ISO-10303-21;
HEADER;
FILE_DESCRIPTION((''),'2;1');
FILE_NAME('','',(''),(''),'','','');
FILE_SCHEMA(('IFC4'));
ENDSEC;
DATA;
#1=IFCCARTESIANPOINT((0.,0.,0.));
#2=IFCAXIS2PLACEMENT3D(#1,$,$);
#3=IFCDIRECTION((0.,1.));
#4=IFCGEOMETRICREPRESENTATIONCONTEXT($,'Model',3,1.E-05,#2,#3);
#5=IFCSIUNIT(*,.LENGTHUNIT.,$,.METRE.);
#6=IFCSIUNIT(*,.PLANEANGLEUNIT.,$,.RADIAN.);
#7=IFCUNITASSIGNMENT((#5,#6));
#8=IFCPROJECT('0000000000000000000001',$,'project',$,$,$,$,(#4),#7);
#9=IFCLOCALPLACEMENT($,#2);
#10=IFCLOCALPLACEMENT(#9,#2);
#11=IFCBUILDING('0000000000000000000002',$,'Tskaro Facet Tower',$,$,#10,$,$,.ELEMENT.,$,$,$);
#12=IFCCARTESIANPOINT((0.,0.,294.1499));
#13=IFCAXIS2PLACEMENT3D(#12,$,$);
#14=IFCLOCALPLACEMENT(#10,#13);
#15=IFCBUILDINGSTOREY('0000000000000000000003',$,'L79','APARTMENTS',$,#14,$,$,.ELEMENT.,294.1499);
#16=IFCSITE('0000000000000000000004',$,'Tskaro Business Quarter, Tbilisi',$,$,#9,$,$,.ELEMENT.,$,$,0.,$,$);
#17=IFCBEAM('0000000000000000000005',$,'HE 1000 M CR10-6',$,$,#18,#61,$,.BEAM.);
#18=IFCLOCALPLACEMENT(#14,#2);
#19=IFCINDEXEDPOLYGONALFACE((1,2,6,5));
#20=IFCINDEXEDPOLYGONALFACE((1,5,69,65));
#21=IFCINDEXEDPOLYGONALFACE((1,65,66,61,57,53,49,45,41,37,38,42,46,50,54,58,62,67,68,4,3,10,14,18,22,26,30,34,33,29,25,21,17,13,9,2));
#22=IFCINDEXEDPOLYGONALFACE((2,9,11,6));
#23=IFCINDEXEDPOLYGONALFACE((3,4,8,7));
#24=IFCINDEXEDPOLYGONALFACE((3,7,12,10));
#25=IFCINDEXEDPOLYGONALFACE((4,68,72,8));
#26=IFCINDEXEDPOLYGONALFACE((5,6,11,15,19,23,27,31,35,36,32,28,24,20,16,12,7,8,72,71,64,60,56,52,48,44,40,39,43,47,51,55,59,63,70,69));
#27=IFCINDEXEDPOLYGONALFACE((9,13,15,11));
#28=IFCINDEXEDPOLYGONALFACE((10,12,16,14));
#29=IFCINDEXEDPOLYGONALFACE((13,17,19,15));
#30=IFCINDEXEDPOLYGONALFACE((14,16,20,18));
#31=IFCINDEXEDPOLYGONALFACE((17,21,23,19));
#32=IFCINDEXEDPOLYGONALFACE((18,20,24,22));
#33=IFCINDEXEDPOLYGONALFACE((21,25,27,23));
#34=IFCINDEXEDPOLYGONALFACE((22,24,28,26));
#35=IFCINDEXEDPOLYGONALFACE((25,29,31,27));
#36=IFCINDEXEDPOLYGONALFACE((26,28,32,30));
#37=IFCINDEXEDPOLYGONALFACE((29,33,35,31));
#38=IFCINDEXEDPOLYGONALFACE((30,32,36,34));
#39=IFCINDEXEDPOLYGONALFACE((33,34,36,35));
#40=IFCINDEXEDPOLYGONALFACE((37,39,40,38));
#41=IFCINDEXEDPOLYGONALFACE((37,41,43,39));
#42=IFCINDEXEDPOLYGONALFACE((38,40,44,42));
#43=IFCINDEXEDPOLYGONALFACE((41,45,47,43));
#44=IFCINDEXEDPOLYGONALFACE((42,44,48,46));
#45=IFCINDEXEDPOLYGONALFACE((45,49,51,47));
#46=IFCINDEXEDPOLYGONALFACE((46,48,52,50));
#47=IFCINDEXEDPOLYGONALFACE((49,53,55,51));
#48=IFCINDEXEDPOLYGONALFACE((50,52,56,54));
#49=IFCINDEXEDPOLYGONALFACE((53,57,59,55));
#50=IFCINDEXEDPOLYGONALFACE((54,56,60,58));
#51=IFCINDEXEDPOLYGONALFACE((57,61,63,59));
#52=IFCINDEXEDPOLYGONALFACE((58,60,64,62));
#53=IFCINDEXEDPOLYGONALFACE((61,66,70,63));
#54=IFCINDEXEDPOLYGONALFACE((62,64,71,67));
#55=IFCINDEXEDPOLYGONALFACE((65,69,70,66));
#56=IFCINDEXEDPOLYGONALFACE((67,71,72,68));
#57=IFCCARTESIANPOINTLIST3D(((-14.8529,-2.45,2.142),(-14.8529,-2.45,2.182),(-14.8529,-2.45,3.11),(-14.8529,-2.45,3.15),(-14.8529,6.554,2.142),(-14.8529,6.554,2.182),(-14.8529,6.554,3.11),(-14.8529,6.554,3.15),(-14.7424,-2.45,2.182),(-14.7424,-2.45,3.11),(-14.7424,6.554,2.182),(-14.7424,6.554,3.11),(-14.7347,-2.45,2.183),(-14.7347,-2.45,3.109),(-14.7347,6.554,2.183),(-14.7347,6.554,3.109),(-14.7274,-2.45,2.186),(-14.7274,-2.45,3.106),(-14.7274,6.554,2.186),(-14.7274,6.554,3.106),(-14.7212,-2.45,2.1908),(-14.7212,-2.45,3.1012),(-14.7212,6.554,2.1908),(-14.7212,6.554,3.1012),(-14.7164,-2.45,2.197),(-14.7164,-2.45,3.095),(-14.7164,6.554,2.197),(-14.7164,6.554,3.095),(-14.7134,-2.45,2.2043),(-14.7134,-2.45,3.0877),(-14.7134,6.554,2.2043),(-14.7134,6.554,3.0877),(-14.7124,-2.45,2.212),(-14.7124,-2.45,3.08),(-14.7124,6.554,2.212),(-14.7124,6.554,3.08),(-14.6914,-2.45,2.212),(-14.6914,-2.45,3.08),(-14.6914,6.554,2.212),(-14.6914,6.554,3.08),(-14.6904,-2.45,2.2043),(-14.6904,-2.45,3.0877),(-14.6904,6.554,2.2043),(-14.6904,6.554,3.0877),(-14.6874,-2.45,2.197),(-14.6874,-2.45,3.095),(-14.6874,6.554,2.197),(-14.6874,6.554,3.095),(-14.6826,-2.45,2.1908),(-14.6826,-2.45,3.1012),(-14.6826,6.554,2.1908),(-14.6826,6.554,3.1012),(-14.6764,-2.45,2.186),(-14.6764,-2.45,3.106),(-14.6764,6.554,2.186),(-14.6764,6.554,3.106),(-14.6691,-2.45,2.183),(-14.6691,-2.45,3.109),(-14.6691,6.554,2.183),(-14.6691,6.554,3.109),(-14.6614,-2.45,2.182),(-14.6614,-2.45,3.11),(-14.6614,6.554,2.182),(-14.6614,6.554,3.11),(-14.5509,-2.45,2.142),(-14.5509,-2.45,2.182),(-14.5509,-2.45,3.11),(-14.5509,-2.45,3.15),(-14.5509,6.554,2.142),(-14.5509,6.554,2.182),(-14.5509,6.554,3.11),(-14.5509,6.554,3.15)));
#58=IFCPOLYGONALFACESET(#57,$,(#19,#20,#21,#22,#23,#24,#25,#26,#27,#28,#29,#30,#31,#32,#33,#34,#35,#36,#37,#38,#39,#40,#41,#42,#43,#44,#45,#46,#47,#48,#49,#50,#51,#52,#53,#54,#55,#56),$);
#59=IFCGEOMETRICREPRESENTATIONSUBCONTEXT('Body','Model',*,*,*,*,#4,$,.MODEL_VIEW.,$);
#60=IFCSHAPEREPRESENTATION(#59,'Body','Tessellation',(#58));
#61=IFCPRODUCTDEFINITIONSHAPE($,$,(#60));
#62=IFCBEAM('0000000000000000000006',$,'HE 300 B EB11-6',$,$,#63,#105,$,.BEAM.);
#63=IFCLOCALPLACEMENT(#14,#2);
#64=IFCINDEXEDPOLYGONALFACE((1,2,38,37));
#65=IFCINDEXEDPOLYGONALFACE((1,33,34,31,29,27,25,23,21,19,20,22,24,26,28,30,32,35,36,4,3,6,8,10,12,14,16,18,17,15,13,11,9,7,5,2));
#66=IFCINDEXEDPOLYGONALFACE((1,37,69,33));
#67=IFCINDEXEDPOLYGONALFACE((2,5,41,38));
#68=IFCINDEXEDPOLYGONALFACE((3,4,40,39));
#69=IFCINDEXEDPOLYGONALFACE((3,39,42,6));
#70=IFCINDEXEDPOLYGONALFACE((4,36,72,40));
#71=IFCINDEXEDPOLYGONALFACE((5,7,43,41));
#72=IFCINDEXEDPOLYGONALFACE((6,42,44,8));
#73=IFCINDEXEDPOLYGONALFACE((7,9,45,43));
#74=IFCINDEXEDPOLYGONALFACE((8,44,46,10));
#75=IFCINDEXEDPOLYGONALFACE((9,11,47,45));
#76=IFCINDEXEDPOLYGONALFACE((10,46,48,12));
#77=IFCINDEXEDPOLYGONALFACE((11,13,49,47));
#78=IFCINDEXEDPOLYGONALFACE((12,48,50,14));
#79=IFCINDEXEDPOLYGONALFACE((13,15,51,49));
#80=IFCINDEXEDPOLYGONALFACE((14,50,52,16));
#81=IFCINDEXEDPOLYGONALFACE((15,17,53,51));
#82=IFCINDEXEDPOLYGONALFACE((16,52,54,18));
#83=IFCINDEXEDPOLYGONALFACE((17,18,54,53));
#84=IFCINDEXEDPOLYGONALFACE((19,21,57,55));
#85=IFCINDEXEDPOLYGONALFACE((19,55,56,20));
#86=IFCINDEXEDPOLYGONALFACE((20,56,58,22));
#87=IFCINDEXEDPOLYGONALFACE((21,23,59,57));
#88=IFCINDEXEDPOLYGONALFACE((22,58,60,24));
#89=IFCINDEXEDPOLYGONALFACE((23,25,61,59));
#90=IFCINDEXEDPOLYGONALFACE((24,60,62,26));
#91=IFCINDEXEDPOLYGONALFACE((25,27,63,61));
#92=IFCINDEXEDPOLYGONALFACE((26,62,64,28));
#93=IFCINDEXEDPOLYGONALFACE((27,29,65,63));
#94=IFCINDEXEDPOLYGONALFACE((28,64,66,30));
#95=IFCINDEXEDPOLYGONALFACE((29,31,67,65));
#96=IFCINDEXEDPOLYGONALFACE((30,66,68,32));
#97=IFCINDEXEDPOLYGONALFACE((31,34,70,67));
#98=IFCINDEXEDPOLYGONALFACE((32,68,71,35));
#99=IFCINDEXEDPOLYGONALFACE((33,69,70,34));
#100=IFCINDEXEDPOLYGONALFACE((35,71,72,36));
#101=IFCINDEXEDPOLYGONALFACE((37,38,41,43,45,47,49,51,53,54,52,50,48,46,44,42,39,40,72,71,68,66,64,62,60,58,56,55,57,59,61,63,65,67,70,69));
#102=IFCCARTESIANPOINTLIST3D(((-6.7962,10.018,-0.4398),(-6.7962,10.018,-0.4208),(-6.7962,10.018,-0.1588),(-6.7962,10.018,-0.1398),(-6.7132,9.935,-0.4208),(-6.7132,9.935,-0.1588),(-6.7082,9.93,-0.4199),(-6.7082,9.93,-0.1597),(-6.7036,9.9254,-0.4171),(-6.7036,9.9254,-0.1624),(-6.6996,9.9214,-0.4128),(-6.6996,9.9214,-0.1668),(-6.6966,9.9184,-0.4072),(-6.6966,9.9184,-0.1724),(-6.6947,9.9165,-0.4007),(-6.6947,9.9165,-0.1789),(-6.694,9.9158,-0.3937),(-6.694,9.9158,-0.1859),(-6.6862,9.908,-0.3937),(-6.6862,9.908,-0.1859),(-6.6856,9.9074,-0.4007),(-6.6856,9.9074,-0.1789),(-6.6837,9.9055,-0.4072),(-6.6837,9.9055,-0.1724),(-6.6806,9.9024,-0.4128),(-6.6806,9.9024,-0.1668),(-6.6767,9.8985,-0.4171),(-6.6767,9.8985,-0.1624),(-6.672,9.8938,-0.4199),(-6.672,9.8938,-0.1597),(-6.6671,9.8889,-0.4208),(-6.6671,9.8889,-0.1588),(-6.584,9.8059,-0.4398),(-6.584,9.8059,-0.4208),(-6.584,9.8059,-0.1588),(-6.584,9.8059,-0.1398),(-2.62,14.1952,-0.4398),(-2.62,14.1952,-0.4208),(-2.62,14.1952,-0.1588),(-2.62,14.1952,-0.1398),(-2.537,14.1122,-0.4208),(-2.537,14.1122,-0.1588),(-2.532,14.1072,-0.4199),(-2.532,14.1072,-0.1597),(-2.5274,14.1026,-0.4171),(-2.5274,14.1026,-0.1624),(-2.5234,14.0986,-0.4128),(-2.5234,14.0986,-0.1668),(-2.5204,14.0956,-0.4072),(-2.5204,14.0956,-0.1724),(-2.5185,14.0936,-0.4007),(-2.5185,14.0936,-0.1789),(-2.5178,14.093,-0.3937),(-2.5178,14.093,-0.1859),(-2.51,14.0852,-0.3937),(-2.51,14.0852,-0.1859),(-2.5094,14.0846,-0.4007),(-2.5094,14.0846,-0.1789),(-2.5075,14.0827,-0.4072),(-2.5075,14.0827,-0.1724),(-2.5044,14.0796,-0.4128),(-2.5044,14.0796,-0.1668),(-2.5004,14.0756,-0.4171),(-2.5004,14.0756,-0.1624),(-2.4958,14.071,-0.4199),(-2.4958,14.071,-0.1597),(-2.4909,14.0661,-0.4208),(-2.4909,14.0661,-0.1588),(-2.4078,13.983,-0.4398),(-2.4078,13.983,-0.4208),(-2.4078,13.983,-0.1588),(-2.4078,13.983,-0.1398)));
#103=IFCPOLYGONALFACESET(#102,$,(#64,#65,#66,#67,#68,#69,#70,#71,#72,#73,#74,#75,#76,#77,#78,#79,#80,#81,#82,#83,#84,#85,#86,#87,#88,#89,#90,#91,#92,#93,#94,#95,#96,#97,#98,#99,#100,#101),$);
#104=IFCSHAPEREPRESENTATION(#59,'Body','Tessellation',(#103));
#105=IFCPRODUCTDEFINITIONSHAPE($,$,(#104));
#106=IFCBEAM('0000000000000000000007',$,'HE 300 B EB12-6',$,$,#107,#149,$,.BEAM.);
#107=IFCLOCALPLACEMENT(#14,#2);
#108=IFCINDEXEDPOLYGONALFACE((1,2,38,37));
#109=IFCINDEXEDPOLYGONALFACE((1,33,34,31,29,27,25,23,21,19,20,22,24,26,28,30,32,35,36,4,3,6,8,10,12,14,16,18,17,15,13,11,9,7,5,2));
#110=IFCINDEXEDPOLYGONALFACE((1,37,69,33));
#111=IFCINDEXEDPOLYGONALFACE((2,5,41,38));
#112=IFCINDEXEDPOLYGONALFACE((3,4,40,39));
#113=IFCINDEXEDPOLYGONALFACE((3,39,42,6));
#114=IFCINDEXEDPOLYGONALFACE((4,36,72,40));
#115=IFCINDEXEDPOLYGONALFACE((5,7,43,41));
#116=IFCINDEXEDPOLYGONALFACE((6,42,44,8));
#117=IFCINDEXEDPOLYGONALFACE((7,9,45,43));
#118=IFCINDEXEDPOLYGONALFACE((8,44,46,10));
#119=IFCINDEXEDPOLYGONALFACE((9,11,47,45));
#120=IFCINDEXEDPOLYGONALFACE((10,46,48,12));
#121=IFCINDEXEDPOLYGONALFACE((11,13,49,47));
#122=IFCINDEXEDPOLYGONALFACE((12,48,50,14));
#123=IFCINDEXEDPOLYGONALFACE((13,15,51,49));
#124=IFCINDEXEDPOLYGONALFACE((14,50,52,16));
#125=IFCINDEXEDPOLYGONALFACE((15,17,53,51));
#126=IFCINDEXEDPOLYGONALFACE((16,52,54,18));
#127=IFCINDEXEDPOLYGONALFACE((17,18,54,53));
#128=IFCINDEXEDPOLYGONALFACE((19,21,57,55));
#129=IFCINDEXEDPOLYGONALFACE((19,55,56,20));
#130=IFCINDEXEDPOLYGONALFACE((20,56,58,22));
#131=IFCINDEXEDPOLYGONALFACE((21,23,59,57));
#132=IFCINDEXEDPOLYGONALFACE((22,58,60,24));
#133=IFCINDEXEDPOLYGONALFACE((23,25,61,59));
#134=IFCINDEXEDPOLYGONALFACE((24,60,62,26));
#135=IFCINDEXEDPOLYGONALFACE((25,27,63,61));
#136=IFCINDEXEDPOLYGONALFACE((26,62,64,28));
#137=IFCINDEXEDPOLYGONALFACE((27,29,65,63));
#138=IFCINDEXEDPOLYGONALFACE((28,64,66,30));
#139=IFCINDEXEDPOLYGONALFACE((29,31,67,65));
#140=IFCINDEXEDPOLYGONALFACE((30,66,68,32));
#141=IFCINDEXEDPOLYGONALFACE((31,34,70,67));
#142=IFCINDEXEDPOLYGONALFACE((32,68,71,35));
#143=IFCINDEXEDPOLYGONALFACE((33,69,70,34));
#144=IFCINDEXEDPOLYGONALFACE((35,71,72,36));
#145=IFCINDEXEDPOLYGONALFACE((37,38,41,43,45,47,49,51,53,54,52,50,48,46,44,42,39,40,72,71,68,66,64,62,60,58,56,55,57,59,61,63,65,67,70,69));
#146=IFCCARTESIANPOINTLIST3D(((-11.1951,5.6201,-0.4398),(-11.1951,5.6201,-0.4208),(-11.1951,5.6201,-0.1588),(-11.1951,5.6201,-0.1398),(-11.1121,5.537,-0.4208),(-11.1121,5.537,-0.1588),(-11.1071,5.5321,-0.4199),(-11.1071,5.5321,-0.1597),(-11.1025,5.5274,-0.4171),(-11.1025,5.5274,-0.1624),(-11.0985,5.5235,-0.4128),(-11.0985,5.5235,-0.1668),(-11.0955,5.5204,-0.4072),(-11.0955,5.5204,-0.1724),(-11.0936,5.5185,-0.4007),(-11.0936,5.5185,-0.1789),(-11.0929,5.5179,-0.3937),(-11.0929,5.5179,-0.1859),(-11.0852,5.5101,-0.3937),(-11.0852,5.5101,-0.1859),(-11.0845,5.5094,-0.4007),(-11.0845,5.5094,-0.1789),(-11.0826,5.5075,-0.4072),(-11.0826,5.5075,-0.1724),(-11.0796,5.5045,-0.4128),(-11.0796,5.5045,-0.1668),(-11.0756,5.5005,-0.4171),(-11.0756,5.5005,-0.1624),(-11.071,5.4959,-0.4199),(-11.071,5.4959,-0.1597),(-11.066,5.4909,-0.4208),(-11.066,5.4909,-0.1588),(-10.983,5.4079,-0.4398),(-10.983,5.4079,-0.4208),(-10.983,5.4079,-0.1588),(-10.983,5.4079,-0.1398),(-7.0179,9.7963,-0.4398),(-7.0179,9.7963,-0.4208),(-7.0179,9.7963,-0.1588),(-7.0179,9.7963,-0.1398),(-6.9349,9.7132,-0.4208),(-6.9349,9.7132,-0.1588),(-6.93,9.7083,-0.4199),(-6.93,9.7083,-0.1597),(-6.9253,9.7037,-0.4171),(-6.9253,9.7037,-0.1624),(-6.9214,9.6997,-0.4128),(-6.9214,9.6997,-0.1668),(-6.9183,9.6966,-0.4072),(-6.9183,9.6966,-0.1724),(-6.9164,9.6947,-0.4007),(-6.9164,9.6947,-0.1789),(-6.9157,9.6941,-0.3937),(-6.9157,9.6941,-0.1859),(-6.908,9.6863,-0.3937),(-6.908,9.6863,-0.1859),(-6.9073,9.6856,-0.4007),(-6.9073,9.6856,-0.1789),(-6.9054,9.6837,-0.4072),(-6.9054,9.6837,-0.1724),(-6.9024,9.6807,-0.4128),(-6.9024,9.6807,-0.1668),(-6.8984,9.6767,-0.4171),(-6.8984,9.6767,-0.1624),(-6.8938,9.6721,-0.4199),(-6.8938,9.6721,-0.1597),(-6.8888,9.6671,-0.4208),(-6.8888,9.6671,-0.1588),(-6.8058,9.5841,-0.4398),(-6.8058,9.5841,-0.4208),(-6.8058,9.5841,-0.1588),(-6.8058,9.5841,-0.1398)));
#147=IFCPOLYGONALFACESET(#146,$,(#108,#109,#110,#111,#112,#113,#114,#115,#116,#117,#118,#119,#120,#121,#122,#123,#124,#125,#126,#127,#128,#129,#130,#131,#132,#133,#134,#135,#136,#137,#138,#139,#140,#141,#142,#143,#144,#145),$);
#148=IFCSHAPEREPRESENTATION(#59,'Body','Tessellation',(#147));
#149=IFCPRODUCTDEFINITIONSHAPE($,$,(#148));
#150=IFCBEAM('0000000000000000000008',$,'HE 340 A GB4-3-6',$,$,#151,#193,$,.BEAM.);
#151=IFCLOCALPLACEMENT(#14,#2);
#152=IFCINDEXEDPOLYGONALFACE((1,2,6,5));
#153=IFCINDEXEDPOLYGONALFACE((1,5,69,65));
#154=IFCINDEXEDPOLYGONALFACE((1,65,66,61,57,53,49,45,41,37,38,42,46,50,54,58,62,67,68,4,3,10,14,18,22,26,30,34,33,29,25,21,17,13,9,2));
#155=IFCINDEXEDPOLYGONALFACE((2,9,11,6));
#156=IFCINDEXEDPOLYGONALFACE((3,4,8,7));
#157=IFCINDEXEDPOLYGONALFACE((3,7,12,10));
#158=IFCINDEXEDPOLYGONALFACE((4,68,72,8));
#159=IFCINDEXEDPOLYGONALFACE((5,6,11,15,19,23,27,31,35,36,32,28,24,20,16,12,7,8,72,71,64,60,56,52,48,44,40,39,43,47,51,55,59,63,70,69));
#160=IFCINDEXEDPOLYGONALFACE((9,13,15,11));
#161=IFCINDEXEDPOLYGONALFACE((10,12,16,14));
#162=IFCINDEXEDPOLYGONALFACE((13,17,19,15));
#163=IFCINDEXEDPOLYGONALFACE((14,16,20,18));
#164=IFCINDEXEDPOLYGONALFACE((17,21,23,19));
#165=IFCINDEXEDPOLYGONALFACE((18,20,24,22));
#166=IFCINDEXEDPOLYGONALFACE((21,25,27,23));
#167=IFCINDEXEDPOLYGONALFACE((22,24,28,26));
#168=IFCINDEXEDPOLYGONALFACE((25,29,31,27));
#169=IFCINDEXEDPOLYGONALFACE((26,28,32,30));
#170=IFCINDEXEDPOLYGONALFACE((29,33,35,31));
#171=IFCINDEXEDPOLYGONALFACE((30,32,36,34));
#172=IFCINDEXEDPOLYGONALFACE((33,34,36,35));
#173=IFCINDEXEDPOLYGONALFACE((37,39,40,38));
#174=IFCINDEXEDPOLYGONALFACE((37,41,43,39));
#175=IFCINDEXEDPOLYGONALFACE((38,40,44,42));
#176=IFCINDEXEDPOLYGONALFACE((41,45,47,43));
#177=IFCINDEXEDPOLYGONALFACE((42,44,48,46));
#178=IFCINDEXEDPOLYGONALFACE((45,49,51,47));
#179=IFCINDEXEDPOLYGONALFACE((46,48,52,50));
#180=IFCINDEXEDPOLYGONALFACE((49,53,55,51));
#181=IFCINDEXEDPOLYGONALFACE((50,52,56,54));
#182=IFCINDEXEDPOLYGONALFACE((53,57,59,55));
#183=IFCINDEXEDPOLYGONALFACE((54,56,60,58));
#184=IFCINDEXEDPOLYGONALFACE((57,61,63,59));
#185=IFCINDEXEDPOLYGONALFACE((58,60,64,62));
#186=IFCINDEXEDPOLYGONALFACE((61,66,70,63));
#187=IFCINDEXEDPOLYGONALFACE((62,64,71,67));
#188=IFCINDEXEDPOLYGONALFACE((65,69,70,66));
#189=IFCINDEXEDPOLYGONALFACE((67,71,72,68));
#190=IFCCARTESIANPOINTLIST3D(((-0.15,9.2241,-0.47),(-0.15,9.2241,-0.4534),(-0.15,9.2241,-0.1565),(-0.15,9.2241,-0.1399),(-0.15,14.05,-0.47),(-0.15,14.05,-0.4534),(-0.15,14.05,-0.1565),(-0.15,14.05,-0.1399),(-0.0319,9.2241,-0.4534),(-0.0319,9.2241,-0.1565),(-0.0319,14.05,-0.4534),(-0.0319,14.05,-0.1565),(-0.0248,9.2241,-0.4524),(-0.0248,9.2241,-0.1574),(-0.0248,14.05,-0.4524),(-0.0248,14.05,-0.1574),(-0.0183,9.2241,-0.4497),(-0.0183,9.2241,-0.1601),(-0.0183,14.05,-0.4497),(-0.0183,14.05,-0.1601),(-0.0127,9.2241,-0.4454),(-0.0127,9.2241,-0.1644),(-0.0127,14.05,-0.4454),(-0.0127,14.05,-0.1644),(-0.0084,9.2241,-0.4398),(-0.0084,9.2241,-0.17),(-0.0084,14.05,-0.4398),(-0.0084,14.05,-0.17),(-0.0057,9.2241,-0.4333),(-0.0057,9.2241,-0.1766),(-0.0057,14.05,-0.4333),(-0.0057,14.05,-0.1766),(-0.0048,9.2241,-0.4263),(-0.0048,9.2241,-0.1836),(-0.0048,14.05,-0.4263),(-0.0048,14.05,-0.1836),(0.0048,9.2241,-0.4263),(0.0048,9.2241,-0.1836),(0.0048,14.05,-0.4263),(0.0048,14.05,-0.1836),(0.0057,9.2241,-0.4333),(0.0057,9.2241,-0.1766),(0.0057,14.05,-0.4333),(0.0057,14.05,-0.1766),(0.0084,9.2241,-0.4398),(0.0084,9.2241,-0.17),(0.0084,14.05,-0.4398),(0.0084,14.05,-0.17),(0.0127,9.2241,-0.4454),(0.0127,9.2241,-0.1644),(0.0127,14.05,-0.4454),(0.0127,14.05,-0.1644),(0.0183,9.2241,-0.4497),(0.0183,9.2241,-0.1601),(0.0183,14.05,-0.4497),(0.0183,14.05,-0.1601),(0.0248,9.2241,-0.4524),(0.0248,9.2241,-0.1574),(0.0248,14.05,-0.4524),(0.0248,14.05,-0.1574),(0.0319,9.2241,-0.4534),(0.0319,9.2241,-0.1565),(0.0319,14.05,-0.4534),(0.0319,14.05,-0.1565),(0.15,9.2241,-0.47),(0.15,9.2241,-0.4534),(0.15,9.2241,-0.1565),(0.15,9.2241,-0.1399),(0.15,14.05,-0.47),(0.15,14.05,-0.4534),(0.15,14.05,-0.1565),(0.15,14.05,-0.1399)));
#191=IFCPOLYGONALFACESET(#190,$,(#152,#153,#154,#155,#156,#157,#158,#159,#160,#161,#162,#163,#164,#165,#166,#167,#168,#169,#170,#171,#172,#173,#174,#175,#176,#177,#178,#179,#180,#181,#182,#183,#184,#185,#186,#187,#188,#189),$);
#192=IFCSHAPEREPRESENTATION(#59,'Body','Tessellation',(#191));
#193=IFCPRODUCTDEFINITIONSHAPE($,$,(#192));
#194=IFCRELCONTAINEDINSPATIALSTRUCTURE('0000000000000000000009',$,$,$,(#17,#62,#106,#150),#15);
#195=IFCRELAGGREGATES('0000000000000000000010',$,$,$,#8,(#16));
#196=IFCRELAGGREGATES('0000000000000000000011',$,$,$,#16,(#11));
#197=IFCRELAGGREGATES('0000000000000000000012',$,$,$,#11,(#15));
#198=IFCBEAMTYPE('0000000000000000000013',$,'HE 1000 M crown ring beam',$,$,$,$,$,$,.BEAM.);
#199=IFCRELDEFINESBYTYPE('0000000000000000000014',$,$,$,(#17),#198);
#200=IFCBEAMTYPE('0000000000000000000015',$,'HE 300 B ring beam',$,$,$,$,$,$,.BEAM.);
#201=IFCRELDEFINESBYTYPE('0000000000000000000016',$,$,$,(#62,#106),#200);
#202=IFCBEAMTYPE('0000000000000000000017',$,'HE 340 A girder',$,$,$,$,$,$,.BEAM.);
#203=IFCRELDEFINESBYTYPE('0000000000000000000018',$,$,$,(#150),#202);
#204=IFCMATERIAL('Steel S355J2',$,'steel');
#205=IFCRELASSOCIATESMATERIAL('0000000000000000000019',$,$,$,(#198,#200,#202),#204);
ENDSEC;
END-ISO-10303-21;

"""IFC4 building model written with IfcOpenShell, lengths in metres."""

from ifc_helpers import new_model, si_unit, direction, frame, origin, origin_2d, place, context, subcontext, project, spatial, i_section, extrude, material, material_profile, profile_set, type_object, element, save


model = new_model("IFC4")

# Units and contexts
model_context = context("Model", 3, precision=1e-05, world=origin(), true_north=direction((0.0, 1.0)))
body_context = subcontext(model_context, "Body", "Model", "MODEL_VIEW")
ifc_project = project(units=[si_unit("LENGTHUNIT", "METRE"), si_unit("PLANEANGLEUNIT", "RADIAN")], contexts=[model_context])

# Site, building, storey
site_placement = place(None, origin())
site = spatial("IfcSite", under=ifc_project, at=site_placement, Name="Tskaro Business Quarter, Tbilisi", CompositionType="ELEMENT", RefElevation=0.0)
building_placement = place(site_placement, origin())
building = spatial("IfcBuilding", under=site, at=building_placement, Name="Tskaro Facet Tower", CompositionType="ELEMENT")
storey_placement = place(building_placement, frame((0.0, 0.0, 294.1499)))
storey = spatial("IfcBuildingStorey", under=building, at=storey_placement, Name="L79", Description="APARTMENTS", CompositionType="ELEMENT", Elevation=294.1499)

# Shared definitions
ifc_material_1 = material(Name="Steel S355J2", Category="steel")

# Beams
ifc_material_profile_1 = material_profile(ifc_material_1, i_section(OverallWidth=0.302, OverallDepth=1.0081, WebThickness=0.021, FlangeThickness=0.04, FilletRadius=0.03, at=origin_2d()), Name="HE 1000 M")
ifc_profile_set_1 = profile_set([ifc_material_profile_1], Name="Steel S355J2")
beam_type_1 = type_object("IfcBeamType", Name="HE 1000 M crown ring beam", PredefinedType="BEAM", material=ifc_profile_set_1)
beam_1_placement = place(storey_placement, frame((-14.7019, 6.554, 2.646), z_axis=(0.0, -1.0, 0.0), x_axis=(1.0, 0.0, 0.0)))
element("IfcBeam", 1, at=beam_1_placement, inside=storey, type_object=beam_type_1, Name="HE 1000 M CR10-6", PredefinedType="BEAM", context=body_context, shape_type="SweptSolid", body=[
    extrude(i_section(OverallWidth=0.302, OverallDepth=1.0081, WebThickness=0.021, FlangeThickness=0.04, FilletRadius=0.03, at=origin_2d()), origin(), (0.0, 0.0, 1.0), 9.0039),
])
ifc_material_profile_2 = material_profile(ifc_material_1, i_section(OverallWidth=0.3, OverallDepth=0.3, WebThickness=0.011, FlangeThickness=0.019, FilletRadius=0.0271, at=origin_2d()), Name="HE 300 B")
ifc_profile_set_2 = profile_set([ifc_material_profile_2], Name="Steel S355J2")
beam_type_2 = type_object("IfcBeamType", Name="HE 300 B ring beam", PredefinedType="BEAM", material=ifc_profile_set_2)
for number, where, z_axis, x_axis, name in (
    (2, (-2.5139, 14.0891, -0.2898), (-0.707024, -0.707189, 0.0), (0.707189, -0.707024, 0.0), "HE 300 B EB11-6"),
    (3, (-6.9119, 9.6902, -0.2898), (-0.707189, -0.707024, 0.0), (0.707024, -0.707189, 0.0), "HE 300 B EB12-6"),
):
    element("IfcBeam", number, at=place(storey_placement, frame(where, z_axis=z_axis, x_axis=x_axis)), inside=storey, type_object=beam_type_2, Name=name, PredefinedType="BEAM", context=body_context, shape_type="SweptSolid", body=[
        extrude(i_section(OverallWidth=0.3, OverallDepth=0.3, WebThickness=0.011, FlangeThickness=0.019, FilletRadius=0.0271, at=origin_2d()), origin(), (0.0, 0.0, 1.0), 5.9067),
    ])
ifc_material_profile_3 = material_profile(ifc_material_1, i_section(OverallWidth=0.3, OverallDepth=0.3301, WebThickness=0.0095, FlangeThickness=0.0166, FilletRadius=0.0271, at=origin_2d()), Name="HE 340 A")
ifc_profile_set_3 = profile_set([ifc_material_profile_3], Name="Steel S355J2")
beam_type_3 = type_object("IfcBeamType", Name="HE 340 A girder", PredefinedType="BEAM", material=ifc_profile_set_3)
beam_2_placement = place(storey_placement, frame((0.0, 9.2241, -0.3049), z_axis=(0.0, 1.0, 0.0), x_axis=(-1.0, 0.0, 0.0)))
element("IfcBeam", 4, at=beam_2_placement, inside=storey, type_object=beam_type_3, Name="HE 340 A GB4-3-6", PredefinedType="BEAM", context=body_context, shape_type="SweptSolid", body=[
    extrude(i_section(OverallWidth=0.3, OverallDepth=0.3301, WebThickness=0.0095, FlangeThickness=0.0166, FilletRadius=0.0271, at=origin_2d()), origin(), (0.0, 0.0, 1.0), 4.8259),
])

save(model, "model.ifc")
